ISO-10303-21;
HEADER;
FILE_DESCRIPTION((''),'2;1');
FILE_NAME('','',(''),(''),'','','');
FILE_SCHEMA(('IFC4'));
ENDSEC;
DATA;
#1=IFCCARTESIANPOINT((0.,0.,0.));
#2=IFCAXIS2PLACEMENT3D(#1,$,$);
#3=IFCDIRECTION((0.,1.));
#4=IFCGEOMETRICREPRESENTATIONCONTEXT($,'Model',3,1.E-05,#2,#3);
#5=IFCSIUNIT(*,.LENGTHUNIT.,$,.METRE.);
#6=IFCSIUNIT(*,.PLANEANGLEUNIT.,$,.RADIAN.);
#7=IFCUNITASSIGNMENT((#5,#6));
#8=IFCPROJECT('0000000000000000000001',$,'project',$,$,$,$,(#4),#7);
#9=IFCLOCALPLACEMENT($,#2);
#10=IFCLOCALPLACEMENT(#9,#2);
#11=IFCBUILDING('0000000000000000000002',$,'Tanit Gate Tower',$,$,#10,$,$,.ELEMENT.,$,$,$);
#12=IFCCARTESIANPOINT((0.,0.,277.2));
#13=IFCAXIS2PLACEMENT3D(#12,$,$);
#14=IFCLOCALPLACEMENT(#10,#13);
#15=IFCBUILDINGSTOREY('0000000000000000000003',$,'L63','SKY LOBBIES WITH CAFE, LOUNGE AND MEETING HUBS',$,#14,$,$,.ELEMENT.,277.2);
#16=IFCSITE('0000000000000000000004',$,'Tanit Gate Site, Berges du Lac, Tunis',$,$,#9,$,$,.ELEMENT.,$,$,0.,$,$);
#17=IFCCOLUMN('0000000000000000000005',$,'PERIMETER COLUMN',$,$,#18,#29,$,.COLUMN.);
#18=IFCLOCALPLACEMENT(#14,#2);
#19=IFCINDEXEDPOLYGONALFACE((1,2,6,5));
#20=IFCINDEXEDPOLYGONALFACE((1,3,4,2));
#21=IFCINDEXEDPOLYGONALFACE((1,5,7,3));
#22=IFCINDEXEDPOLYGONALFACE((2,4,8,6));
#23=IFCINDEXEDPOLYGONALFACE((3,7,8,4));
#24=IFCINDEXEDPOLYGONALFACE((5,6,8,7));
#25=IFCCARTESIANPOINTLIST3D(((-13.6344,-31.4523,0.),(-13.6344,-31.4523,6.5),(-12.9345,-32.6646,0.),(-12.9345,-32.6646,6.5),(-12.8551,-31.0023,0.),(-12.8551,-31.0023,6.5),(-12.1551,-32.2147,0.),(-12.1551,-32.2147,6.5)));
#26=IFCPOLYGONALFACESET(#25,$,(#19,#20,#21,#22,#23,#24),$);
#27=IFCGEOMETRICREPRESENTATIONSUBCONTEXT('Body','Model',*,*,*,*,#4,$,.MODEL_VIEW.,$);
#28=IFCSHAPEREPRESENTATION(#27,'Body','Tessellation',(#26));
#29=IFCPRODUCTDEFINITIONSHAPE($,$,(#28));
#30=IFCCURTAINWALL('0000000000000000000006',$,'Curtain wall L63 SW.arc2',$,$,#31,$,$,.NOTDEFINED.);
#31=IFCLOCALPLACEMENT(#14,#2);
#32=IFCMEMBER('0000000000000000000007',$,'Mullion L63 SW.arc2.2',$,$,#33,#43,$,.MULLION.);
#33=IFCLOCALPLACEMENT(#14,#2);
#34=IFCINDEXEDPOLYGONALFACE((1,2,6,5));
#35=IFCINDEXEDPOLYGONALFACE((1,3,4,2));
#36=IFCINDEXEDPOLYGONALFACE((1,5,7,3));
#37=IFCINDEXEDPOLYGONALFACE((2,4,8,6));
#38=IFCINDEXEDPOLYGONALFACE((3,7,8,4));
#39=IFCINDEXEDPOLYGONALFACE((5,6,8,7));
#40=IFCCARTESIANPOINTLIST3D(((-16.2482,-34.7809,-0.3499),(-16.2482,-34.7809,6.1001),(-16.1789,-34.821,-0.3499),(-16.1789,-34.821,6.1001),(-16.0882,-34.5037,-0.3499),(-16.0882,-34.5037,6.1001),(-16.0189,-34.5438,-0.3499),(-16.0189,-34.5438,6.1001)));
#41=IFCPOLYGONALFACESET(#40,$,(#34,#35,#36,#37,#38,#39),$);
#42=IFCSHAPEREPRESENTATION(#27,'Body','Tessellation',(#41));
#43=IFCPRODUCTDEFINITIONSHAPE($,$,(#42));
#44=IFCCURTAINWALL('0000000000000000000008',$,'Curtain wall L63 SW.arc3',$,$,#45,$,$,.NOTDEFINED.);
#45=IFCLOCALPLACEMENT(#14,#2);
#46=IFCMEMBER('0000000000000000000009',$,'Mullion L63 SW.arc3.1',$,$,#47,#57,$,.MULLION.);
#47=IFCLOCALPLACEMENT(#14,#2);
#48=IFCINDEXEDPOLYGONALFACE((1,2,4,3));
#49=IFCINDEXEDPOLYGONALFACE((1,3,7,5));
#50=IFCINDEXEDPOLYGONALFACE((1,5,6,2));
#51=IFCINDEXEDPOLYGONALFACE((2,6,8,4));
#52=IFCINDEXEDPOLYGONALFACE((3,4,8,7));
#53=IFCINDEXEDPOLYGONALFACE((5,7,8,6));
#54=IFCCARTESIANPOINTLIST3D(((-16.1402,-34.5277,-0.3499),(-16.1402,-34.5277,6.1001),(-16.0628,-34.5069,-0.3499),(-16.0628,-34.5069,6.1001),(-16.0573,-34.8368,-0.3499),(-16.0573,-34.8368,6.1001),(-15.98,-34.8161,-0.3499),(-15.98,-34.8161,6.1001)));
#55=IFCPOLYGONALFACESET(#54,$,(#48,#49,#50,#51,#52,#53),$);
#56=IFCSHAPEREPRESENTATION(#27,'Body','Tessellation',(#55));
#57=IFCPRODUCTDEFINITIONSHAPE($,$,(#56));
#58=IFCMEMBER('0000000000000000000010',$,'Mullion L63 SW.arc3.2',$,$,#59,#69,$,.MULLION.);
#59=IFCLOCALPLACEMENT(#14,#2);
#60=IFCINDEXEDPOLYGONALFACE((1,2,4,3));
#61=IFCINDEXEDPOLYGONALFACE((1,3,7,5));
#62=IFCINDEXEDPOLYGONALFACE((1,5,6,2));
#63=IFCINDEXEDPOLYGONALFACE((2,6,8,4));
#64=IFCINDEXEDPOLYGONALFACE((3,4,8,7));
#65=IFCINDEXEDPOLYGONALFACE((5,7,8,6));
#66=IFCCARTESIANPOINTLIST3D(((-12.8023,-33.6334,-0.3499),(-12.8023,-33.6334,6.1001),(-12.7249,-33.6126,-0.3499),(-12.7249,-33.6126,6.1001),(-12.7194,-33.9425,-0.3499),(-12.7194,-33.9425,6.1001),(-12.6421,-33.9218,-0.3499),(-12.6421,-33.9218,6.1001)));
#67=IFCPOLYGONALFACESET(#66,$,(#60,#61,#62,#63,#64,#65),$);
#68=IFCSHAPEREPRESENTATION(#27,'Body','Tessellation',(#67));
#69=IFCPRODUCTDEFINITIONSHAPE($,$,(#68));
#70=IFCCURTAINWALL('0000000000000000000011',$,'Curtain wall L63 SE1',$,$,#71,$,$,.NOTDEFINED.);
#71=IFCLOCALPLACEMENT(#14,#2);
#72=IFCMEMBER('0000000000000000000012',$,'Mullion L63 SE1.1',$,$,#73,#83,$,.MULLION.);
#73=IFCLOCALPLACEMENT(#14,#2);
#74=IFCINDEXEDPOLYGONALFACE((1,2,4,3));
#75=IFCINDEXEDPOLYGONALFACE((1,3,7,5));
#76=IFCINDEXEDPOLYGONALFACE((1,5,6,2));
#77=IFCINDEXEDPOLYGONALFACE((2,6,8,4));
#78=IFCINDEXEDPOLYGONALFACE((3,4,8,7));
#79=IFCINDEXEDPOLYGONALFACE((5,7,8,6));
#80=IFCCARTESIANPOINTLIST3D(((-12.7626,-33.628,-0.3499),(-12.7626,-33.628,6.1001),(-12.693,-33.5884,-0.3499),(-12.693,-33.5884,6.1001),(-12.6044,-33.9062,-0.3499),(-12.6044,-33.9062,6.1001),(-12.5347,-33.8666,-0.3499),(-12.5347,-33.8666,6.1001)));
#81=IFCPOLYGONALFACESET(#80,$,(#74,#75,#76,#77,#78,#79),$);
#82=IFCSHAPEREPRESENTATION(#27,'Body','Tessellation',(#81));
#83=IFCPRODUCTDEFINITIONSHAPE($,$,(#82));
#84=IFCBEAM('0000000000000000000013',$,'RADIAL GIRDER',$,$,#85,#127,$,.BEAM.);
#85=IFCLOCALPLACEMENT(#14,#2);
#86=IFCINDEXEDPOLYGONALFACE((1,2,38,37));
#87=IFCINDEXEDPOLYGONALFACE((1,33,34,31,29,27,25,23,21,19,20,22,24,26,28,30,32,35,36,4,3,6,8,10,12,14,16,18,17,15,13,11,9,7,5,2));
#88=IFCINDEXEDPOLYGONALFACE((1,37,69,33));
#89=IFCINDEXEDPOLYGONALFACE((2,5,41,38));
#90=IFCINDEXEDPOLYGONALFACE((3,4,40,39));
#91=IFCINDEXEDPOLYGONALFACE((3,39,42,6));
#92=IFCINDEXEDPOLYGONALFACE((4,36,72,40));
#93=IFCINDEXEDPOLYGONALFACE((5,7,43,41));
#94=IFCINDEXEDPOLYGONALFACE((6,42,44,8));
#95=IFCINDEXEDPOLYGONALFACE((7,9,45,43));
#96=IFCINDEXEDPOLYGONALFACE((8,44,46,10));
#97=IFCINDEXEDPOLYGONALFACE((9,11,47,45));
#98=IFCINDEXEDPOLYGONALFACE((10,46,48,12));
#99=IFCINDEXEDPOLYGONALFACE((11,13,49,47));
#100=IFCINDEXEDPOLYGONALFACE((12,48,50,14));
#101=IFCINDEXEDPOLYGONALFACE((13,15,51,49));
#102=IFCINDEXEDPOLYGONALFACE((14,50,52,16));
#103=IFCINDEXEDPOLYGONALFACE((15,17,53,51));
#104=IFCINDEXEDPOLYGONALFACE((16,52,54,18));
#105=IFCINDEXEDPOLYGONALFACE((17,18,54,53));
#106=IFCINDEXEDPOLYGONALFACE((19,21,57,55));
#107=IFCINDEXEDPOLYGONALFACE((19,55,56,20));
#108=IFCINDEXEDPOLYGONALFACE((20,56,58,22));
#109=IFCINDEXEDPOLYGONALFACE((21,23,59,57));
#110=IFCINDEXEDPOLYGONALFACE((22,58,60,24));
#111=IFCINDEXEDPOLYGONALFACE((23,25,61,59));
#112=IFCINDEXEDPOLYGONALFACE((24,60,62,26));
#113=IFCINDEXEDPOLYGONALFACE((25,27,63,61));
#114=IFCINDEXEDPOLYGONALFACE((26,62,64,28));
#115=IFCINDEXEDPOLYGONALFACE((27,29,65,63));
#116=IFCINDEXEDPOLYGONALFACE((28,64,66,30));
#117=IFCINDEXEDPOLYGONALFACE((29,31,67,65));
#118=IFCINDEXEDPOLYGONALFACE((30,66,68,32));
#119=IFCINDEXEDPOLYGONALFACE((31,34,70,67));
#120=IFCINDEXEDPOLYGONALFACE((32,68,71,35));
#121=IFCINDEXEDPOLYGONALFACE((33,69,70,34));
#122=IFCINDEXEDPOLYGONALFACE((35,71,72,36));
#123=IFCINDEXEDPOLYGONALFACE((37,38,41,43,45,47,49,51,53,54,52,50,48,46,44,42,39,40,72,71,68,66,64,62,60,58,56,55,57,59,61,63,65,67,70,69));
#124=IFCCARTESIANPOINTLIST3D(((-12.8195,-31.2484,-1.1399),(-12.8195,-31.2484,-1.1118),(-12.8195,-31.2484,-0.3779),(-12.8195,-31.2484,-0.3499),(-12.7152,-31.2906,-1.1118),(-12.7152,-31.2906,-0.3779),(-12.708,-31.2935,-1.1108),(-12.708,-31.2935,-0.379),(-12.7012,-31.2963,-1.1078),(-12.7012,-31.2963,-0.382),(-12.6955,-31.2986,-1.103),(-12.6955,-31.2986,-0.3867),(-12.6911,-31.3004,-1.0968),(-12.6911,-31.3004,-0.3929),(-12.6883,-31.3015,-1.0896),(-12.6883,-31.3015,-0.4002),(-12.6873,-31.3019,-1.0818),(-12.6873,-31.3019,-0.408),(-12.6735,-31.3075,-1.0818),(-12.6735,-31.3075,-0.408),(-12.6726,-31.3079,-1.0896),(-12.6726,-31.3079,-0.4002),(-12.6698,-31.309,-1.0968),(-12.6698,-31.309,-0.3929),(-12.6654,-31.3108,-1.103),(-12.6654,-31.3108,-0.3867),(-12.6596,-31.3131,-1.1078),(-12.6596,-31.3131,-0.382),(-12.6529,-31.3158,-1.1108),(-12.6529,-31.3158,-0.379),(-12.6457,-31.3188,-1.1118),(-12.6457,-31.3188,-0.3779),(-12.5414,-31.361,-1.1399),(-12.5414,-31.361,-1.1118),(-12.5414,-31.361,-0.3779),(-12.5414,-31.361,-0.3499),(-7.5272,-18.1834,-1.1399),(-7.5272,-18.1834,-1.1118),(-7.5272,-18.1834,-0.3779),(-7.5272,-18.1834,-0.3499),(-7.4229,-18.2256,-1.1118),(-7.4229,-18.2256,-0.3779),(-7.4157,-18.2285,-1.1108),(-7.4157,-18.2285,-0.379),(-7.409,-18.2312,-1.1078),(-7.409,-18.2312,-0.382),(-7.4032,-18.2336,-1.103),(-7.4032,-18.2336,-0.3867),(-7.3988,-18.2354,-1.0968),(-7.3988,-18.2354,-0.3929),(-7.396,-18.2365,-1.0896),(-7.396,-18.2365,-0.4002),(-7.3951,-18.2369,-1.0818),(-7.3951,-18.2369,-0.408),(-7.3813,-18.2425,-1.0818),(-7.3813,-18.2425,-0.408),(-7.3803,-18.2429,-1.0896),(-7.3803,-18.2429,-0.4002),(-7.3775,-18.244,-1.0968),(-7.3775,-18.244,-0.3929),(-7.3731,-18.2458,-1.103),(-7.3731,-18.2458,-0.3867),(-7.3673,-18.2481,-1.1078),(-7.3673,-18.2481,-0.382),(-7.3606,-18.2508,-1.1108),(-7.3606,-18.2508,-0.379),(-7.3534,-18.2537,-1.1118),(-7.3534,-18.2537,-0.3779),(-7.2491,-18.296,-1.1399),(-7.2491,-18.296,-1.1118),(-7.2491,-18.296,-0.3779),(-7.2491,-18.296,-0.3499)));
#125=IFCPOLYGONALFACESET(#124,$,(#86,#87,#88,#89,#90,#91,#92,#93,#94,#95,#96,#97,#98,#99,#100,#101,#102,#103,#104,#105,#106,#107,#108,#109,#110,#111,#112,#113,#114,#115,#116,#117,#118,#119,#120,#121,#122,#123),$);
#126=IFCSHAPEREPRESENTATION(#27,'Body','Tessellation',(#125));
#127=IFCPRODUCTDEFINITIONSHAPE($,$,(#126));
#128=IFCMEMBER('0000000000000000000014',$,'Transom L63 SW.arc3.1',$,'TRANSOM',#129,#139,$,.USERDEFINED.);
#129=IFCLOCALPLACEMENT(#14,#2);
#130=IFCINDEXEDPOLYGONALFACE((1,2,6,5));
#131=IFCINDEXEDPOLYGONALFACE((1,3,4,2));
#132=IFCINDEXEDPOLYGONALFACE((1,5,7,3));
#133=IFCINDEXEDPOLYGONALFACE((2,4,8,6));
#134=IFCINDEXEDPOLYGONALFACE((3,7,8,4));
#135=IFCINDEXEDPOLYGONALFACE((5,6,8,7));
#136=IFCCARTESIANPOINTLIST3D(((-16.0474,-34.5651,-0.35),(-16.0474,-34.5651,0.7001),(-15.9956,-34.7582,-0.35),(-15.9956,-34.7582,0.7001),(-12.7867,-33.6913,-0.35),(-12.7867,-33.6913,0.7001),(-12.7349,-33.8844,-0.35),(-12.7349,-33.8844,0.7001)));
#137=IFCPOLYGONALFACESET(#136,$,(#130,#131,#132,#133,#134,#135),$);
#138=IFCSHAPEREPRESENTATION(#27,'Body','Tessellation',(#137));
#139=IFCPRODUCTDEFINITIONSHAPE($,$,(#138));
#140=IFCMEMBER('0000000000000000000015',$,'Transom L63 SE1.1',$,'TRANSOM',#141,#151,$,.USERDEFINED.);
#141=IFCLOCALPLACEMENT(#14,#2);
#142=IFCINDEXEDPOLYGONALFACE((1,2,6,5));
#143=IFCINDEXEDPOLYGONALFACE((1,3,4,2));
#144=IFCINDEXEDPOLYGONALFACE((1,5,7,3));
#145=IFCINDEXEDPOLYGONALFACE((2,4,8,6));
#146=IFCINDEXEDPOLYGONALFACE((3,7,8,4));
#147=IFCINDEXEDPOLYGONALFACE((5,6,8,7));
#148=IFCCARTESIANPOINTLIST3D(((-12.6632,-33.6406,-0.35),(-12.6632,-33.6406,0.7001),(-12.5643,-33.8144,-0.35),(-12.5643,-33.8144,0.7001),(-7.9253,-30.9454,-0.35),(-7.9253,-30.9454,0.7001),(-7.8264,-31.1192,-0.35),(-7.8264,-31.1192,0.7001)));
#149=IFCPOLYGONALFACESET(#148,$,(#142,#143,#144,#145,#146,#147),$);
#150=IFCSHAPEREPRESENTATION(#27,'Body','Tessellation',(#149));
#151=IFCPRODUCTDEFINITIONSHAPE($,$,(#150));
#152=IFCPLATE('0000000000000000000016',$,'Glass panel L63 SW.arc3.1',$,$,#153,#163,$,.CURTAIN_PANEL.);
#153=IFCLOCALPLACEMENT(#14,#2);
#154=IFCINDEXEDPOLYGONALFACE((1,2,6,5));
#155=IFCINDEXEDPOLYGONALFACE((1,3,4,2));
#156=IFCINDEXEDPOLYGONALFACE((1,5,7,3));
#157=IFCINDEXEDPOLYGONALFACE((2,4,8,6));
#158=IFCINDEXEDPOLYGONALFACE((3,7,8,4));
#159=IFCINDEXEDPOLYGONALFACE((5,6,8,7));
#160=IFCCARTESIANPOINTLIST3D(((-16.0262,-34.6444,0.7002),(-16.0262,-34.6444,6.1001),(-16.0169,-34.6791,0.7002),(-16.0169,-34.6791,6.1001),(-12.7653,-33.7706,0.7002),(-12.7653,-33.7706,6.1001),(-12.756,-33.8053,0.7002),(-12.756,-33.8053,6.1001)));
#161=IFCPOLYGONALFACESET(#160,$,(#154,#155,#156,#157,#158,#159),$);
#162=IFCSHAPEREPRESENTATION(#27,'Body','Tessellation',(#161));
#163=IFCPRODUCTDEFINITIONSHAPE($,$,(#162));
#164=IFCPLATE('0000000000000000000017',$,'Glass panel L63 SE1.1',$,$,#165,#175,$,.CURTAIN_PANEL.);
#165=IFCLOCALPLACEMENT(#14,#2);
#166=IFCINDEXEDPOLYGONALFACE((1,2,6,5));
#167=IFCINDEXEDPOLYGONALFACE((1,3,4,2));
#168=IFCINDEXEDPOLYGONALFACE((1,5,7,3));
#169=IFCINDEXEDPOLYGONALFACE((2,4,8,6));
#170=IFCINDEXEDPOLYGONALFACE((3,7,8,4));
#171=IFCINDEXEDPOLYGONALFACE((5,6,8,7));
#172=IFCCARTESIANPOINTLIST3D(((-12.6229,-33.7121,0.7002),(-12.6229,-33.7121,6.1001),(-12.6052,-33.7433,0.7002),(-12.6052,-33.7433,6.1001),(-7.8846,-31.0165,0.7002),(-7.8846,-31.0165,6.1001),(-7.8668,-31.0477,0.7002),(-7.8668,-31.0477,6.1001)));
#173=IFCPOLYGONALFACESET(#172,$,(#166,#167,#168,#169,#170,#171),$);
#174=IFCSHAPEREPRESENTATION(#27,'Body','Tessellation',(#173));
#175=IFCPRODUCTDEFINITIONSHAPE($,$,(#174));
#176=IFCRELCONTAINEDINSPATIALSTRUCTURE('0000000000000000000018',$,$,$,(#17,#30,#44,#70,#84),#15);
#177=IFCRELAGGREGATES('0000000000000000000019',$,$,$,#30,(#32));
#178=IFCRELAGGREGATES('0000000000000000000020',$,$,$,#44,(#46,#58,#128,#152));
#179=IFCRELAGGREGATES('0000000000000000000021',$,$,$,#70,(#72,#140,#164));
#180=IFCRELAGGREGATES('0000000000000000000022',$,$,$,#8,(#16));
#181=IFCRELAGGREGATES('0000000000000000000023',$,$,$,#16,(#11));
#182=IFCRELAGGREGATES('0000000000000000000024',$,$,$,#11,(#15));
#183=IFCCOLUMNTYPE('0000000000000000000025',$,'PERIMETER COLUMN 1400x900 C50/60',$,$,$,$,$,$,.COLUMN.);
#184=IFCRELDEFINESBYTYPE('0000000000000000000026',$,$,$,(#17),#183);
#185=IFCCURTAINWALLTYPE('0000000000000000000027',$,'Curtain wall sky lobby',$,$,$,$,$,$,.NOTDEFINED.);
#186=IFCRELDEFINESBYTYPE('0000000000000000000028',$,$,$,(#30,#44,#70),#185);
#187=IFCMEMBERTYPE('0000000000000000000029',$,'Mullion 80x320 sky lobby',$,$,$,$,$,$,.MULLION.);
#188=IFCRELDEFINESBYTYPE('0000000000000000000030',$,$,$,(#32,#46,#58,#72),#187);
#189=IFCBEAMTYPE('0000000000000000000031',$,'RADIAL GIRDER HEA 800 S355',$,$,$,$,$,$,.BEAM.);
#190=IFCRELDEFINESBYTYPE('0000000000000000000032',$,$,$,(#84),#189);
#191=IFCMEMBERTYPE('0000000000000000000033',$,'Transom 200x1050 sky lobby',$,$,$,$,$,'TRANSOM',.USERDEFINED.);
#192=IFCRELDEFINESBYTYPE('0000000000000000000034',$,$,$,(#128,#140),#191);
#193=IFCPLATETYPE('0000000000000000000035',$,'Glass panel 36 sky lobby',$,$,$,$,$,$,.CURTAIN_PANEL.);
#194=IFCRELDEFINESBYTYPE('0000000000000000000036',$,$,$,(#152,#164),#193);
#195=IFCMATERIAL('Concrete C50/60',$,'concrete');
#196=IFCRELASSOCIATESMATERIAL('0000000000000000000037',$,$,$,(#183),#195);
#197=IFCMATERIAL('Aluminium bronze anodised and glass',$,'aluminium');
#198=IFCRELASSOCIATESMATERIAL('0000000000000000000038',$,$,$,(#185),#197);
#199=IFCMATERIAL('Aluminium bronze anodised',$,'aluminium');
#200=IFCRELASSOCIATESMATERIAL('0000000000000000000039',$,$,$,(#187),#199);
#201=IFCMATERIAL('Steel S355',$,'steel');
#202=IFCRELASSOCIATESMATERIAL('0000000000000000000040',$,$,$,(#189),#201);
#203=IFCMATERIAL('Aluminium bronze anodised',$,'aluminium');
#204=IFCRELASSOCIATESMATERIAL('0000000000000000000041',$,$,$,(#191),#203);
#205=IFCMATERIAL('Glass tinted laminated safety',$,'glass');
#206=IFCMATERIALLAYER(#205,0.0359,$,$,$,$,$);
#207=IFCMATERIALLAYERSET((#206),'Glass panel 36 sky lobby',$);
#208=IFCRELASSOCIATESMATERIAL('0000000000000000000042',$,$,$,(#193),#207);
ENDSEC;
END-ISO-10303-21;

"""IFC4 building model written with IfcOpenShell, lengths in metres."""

from ifc_helpers import new_model, si_unit, direction, frame, origin, origin_2d, place, context, subcontext, project, spatial, rectangle, i_section, extrude, material, layer, layer_set, material_profile, profile_set, type_object, element, aggregate, save


model = new_model("IFC4")

# Units and contexts
model_context = context("Model", 3, precision=1e-05, world=origin(), true_north=direction((0.0, 1.0)))
body_context = subcontext(model_context, "Body", "Model", "MODEL_VIEW")
ifc_project = project(units=[si_unit("LENGTHUNIT", "METRE"), si_unit("PLANEANGLEUNIT", "RADIAN")], contexts=[model_context])

# Site, building, storey
site_placement = place(None, origin())
site = spatial("IfcSite", under=ifc_project, at=site_placement, Name="Tanit Gate Site, Berges du Lac, Tunis", CompositionType="ELEMENT", RefElevation=0.0)
building_placement = place(site_placement, origin())
building = spatial("IfcBuilding", under=site, at=building_placement, Name="Tanit Gate Tower", CompositionType="ELEMENT")
storey_placement = place(building_placement, frame((0.0, 0.0, 277.2)))
storey = spatial("IfcBuildingStorey", under=building, at=storey_placement, Name="L63", Description="SKY LOBBIES WITH CAFE, LOUNGE AND MEETING HUBS", CompositionType="ELEMENT", Elevation=277.2)

# Column
ifc_material_1 = material(Name="Concrete C50/60", Category="concrete")
ifc_material_profile_1 = material_profile(ifc_material_1, rectangle(XDim=1.3999, YDim=0.8999, at=origin_2d()), Name="RC 1400x900")
ifc_profile_set_1 = profile_set([ifc_material_profile_1], Name="Concrete C50/60")
column_type = type_object("IfcColumnType", Name="PERIMETER COLUMN 1400x900 C50/60", PredefinedType="COLUMN", material=ifc_profile_set_1)
column_placement = place(storey_placement, frame((-12.8948, -31.8335, 0.0), z_axis=(0.0, 0.0, 1.0), x_axis=(0.5, -0.866025, 0.0)))
element("IfcColumn", 1, at=column_placement, inside=storey, type_object=column_type, Name="PERIMETER COLUMN", PredefinedType="COLUMN", context=body_context, shape_type="SweptSolid", body=[
    extrude(rectangle(XDim=1.3999, YDim=0.8999, at=origin_2d()), origin(), (0.0, 0.0, 1.0), 6.5),
])

# Curtain wall, member
ifc_material_2 = material(Name="Aluminium bronze anodised and glass", Category="aluminium")
curtain_wall_type = type_object("IfcCurtainWallType", Name="Curtain wall sky lobby", PredefinedType="NOTDEFINED", material=ifc_material_2)
curtain_wall_1_placement = place(storey_placement, origin())
curtain_wall_1 = element("IfcCurtainWall", 2, at=curtain_wall_1_placement, inside=storey, type_object=curtain_wall_type, Name="Curtain wall L63 SW.arc2", PredefinedType="NOTDEFINED")
ifc_material_3 = material(Name="Aluminium bronze anodised", Category="aluminium")
ifc_material_profile_2 = material_profile(ifc_material_3, rectangle(XDim=0.3201, YDim=0.0801, at=origin_2d()), Name="80x320 bronze mullion")
ifc_profile_set_2 = profile_set([ifc_material_profile_2], Name="Aluminium bronze anodised")
member_type_1 = type_object("IfcMemberType", Name="Mullion 80x320 sky lobby", PredefinedType="MULLION", material=ifc_profile_set_2)
member_1_placement = place(storey_placement, frame((-16.1335, -34.6624, -0.3499), z_axis=(0.0, 0.0, 1.0), x_axis=(0.5, 0.866025, 0.0)))
member_1 = element("IfcMember", 3, at=member_1_placement, type_object=member_type_1, Name="Mullion L63 SW.arc2.2", PredefinedType="MULLION", context=body_context, shape_type="SweptSolid", body=[
    extrude(rectangle(XDim=0.3201, YDim=0.0801, at=origin_2d()), origin(), (0.0, 0.0, 1.0), 6.45),
])
aggregate(curtain_wall_1, [member_1])

# Curtain wall, members
curtain_wall_2_placement = place(storey_placement, origin())
curtain_wall_2 = element("IfcCurtainWall", 4, at=curtain_wall_2_placement, inside=storey, type_object=curtain_wall_type, Name="Curtain wall L63 SW.arc3", PredefinedType="NOTDEFINED")
member_2_placement = place(storey_placement, frame((-16.0601, -34.6719, -0.3499), z_axis=(0.0, 0.0, 1.0), x_axis=(-0.258819, 0.965926, 0.0)))
member_2 = element("IfcMember", 5, at=member_2_placement, type_object=member_type_1, Name="Mullion L63 SW.arc3.1", PredefinedType="MULLION", context=body_context, shape_type="SweptSolid", body=[
    extrude(rectangle(XDim=0.3201, YDim=0.0801, at=origin_2d()), origin(), (0.0, 0.0, 1.0), 6.45),
])
member_3_placement = place(storey_placement, frame((-12.7222, -33.7776, -0.3499), z_axis=(0.0, 0.0, 1.0), x_axis=(-0.258819, 0.965926, 0.0)))
member_3 = element("IfcMember", 6, at=member_3_placement, type_object=member_type_1, Name="Mullion L63 SW.arc3.2", PredefinedType="MULLION", context=body_context, shape_type="SweptSolid", body=[
    extrude(rectangle(XDim=0.3201, YDim=0.0801, at=origin_2d()), origin(), (0.0, 0.0, 1.0), 6.45),
])

# Curtain wall, member
curtain_wall_3_placement = place(storey_placement, origin())
curtain_wall_3 = element("IfcCurtainWall", 7, at=curtain_wall_3_placement, inside=storey, type_object=curtain_wall_type, Name="Curtain wall L63 SE1", PredefinedType="NOTDEFINED")
member_4_placement = place(storey_placement, frame((-12.6487, -33.7473, -0.3499), z_axis=(0.0, 0.0, 1.0), x_axis=(-0.49447, 0.869195, 0.0)))
member_4 = element("IfcMember", 8, at=member_4_placement, type_object=member_type_1, Name="Mullion L63 SE1.1", PredefinedType="MULLION", context=body_context, shape_type="SweptSolid", body=[
    extrude(rectangle(XDim=0.3201, YDim=0.0801, at=origin_2d()), origin(), (0.0, 0.0, 1.0), 6.45),
])

# Beam
ifc_material_4 = material(Name="Steel S355", Category="steel")
ifc_material_profile_3 = material_profile(ifc_material_4, i_section(OverallWidth=0.3, OverallDepth=0.79, WebThickness=0.0149, FlangeThickness=0.0281, FilletRadius=0.03, at=origin_2d()), Name="HEA 800")
ifc_profile_set_3 = profile_set([ifc_material_profile_3], Name="Steel S355")
beam_type = type_object("IfcBeamType", Name="RADIAL GIRDER HEA 800 S355", PredefinedType="BEAM", material=ifc_profile_set_3)
beam_placement = place(storey_placement, frame((-12.6804, -31.3047, -0.7449), z_axis=(0.375439, 0.926847, 0.0), x_axis=(-0.926847, 0.375439, 0.0)))
element("IfcBeam", 9, at=beam_placement, inside=storey, type_object=beam_type, Name="RADIAL GIRDER", PredefinedType="BEAM", context=body_context, shape_type="SweptSolid", body=[
    extrude(i_section(OverallWidth=0.3, OverallDepth=0.79, WebThickness=0.0149, FlangeThickness=0.0281, FilletRadius=0.03, at=origin_2d()), origin(), (0.0, 0.0, 1.0), 14.0962),
])

# Members
ifc_material_5 = material(Name="Aluminium bronze anodised", Category="aluminium")
ifc_material_profile_4 = material_profile(ifc_material_5, rectangle(XDim=0.2, YDim=1.05, at=origin_2d()), Name="200x1050 bronze transom")
ifc_profile_set_4 = profile_set([ifc_material_profile_4], Name="Aluminium bronze anodised")
member_type_2 = type_object("IfcMemberType", Name="Transom 200x1050 sky lobby", ElementType="TRANSOM", PredefinedType="USERDEFINED", material=ifc_profile_set_4)
member_5_placement = place(storey_placement, frame((-16.0215, -34.6616, 0.175), z_axis=(0.965921, 0.258837, 0.0), x_axis=(-0.258837, 0.965921, 0.0)))
member_5 = element("IfcMember", 10, at=member_5_placement, type_object=member_type_2, Name="Transom L63 SW.arc3.1", ObjectType="TRANSOM", PredefinedType="USERDEFINED", context=body_context, shape_type="SweptSolid", body=[
    extrude(rectangle(XDim=0.2, YDim=1.05, at=origin_2d()), origin(), (0.0, 0.0, 1.0), 3.3757),
])
member_6_placement = place(storey_placement, frame((-12.6138, -33.7275, 0.175), z_axis=(0.869201, 0.494459, 0.0), x_axis=(-0.494459, 0.869201, 0.0)))
member_6 = element("IfcMember", 11, at=member_6_placement, type_object=member_type_2, Name="Transom L63 SE1.1", ObjectType="TRANSOM", PredefinedType="USERDEFINED", context=body_context, shape_type="SweptSolid", body=[
    extrude(rectangle(XDim=0.2, YDim=1.05, at=origin_2d()), origin(), (0.0, 0.0, 1.0), 5.4509),
])

# Plates
ifc_material_6 = material(Name="Glass tinted laminated safety", Category="glass")
ifc_layer = layer(ifc_material_6, 0.0359)
ifc_layer_set = layer_set([ifc_layer], Name="Glass panel 36 sky lobby")
plate_type = type_object("IfcPlateType", Name="Glass panel 36 sky lobby", PredefinedType="CURTAIN_PANEL", material=ifc_layer_set)
plate_1_placement = place(storey_placement, frame((-14.3911, -34.2249, 0.7002), z_axis=(0.0, 0.0, 1.0), x_axis=(0.965926, 0.258819, 0.0)))
plate_1 = element("IfcPlate", 12, at=plate_1_placement, type_object=plate_type, Name="Glass panel L63 SW.arc3.1", PredefinedType="CURTAIN_PANEL", context=body_context, shape_type="SweptSolid", body=[
    extrude(rectangle(XDim=3.376, YDim=0.0359, at=origin_2d()), origin(), (0.0, 0.0, 1.0), 5.3999),
])
aggregate(curtain_wall_2, [member_2, member_3, member_5, plate_1])
plate_2_placement = place(storey_placement, frame((-10.2449, -32.3799, 0.7002), z_axis=(0.0, 0.0, 1.0), x_axis=(0.869195, 0.49447, 0.0)))
plate_2 = element("IfcPlate", 13, at=plate_2_placement, type_object=plate_type, Name="Glass panel L63 SE1.1", PredefinedType="CURTAIN_PANEL", context=body_context, shape_type="SweptSolid", body=[
    extrude(rectangle(XDim=5.4514, YDim=0.0359, at=origin_2d()), origin(), (0.0, 0.0, 1.0), 5.3999),
])
aggregate(curtain_wall_3, [member_4, member_6, plate_2])

save(model, "model.ifc")
